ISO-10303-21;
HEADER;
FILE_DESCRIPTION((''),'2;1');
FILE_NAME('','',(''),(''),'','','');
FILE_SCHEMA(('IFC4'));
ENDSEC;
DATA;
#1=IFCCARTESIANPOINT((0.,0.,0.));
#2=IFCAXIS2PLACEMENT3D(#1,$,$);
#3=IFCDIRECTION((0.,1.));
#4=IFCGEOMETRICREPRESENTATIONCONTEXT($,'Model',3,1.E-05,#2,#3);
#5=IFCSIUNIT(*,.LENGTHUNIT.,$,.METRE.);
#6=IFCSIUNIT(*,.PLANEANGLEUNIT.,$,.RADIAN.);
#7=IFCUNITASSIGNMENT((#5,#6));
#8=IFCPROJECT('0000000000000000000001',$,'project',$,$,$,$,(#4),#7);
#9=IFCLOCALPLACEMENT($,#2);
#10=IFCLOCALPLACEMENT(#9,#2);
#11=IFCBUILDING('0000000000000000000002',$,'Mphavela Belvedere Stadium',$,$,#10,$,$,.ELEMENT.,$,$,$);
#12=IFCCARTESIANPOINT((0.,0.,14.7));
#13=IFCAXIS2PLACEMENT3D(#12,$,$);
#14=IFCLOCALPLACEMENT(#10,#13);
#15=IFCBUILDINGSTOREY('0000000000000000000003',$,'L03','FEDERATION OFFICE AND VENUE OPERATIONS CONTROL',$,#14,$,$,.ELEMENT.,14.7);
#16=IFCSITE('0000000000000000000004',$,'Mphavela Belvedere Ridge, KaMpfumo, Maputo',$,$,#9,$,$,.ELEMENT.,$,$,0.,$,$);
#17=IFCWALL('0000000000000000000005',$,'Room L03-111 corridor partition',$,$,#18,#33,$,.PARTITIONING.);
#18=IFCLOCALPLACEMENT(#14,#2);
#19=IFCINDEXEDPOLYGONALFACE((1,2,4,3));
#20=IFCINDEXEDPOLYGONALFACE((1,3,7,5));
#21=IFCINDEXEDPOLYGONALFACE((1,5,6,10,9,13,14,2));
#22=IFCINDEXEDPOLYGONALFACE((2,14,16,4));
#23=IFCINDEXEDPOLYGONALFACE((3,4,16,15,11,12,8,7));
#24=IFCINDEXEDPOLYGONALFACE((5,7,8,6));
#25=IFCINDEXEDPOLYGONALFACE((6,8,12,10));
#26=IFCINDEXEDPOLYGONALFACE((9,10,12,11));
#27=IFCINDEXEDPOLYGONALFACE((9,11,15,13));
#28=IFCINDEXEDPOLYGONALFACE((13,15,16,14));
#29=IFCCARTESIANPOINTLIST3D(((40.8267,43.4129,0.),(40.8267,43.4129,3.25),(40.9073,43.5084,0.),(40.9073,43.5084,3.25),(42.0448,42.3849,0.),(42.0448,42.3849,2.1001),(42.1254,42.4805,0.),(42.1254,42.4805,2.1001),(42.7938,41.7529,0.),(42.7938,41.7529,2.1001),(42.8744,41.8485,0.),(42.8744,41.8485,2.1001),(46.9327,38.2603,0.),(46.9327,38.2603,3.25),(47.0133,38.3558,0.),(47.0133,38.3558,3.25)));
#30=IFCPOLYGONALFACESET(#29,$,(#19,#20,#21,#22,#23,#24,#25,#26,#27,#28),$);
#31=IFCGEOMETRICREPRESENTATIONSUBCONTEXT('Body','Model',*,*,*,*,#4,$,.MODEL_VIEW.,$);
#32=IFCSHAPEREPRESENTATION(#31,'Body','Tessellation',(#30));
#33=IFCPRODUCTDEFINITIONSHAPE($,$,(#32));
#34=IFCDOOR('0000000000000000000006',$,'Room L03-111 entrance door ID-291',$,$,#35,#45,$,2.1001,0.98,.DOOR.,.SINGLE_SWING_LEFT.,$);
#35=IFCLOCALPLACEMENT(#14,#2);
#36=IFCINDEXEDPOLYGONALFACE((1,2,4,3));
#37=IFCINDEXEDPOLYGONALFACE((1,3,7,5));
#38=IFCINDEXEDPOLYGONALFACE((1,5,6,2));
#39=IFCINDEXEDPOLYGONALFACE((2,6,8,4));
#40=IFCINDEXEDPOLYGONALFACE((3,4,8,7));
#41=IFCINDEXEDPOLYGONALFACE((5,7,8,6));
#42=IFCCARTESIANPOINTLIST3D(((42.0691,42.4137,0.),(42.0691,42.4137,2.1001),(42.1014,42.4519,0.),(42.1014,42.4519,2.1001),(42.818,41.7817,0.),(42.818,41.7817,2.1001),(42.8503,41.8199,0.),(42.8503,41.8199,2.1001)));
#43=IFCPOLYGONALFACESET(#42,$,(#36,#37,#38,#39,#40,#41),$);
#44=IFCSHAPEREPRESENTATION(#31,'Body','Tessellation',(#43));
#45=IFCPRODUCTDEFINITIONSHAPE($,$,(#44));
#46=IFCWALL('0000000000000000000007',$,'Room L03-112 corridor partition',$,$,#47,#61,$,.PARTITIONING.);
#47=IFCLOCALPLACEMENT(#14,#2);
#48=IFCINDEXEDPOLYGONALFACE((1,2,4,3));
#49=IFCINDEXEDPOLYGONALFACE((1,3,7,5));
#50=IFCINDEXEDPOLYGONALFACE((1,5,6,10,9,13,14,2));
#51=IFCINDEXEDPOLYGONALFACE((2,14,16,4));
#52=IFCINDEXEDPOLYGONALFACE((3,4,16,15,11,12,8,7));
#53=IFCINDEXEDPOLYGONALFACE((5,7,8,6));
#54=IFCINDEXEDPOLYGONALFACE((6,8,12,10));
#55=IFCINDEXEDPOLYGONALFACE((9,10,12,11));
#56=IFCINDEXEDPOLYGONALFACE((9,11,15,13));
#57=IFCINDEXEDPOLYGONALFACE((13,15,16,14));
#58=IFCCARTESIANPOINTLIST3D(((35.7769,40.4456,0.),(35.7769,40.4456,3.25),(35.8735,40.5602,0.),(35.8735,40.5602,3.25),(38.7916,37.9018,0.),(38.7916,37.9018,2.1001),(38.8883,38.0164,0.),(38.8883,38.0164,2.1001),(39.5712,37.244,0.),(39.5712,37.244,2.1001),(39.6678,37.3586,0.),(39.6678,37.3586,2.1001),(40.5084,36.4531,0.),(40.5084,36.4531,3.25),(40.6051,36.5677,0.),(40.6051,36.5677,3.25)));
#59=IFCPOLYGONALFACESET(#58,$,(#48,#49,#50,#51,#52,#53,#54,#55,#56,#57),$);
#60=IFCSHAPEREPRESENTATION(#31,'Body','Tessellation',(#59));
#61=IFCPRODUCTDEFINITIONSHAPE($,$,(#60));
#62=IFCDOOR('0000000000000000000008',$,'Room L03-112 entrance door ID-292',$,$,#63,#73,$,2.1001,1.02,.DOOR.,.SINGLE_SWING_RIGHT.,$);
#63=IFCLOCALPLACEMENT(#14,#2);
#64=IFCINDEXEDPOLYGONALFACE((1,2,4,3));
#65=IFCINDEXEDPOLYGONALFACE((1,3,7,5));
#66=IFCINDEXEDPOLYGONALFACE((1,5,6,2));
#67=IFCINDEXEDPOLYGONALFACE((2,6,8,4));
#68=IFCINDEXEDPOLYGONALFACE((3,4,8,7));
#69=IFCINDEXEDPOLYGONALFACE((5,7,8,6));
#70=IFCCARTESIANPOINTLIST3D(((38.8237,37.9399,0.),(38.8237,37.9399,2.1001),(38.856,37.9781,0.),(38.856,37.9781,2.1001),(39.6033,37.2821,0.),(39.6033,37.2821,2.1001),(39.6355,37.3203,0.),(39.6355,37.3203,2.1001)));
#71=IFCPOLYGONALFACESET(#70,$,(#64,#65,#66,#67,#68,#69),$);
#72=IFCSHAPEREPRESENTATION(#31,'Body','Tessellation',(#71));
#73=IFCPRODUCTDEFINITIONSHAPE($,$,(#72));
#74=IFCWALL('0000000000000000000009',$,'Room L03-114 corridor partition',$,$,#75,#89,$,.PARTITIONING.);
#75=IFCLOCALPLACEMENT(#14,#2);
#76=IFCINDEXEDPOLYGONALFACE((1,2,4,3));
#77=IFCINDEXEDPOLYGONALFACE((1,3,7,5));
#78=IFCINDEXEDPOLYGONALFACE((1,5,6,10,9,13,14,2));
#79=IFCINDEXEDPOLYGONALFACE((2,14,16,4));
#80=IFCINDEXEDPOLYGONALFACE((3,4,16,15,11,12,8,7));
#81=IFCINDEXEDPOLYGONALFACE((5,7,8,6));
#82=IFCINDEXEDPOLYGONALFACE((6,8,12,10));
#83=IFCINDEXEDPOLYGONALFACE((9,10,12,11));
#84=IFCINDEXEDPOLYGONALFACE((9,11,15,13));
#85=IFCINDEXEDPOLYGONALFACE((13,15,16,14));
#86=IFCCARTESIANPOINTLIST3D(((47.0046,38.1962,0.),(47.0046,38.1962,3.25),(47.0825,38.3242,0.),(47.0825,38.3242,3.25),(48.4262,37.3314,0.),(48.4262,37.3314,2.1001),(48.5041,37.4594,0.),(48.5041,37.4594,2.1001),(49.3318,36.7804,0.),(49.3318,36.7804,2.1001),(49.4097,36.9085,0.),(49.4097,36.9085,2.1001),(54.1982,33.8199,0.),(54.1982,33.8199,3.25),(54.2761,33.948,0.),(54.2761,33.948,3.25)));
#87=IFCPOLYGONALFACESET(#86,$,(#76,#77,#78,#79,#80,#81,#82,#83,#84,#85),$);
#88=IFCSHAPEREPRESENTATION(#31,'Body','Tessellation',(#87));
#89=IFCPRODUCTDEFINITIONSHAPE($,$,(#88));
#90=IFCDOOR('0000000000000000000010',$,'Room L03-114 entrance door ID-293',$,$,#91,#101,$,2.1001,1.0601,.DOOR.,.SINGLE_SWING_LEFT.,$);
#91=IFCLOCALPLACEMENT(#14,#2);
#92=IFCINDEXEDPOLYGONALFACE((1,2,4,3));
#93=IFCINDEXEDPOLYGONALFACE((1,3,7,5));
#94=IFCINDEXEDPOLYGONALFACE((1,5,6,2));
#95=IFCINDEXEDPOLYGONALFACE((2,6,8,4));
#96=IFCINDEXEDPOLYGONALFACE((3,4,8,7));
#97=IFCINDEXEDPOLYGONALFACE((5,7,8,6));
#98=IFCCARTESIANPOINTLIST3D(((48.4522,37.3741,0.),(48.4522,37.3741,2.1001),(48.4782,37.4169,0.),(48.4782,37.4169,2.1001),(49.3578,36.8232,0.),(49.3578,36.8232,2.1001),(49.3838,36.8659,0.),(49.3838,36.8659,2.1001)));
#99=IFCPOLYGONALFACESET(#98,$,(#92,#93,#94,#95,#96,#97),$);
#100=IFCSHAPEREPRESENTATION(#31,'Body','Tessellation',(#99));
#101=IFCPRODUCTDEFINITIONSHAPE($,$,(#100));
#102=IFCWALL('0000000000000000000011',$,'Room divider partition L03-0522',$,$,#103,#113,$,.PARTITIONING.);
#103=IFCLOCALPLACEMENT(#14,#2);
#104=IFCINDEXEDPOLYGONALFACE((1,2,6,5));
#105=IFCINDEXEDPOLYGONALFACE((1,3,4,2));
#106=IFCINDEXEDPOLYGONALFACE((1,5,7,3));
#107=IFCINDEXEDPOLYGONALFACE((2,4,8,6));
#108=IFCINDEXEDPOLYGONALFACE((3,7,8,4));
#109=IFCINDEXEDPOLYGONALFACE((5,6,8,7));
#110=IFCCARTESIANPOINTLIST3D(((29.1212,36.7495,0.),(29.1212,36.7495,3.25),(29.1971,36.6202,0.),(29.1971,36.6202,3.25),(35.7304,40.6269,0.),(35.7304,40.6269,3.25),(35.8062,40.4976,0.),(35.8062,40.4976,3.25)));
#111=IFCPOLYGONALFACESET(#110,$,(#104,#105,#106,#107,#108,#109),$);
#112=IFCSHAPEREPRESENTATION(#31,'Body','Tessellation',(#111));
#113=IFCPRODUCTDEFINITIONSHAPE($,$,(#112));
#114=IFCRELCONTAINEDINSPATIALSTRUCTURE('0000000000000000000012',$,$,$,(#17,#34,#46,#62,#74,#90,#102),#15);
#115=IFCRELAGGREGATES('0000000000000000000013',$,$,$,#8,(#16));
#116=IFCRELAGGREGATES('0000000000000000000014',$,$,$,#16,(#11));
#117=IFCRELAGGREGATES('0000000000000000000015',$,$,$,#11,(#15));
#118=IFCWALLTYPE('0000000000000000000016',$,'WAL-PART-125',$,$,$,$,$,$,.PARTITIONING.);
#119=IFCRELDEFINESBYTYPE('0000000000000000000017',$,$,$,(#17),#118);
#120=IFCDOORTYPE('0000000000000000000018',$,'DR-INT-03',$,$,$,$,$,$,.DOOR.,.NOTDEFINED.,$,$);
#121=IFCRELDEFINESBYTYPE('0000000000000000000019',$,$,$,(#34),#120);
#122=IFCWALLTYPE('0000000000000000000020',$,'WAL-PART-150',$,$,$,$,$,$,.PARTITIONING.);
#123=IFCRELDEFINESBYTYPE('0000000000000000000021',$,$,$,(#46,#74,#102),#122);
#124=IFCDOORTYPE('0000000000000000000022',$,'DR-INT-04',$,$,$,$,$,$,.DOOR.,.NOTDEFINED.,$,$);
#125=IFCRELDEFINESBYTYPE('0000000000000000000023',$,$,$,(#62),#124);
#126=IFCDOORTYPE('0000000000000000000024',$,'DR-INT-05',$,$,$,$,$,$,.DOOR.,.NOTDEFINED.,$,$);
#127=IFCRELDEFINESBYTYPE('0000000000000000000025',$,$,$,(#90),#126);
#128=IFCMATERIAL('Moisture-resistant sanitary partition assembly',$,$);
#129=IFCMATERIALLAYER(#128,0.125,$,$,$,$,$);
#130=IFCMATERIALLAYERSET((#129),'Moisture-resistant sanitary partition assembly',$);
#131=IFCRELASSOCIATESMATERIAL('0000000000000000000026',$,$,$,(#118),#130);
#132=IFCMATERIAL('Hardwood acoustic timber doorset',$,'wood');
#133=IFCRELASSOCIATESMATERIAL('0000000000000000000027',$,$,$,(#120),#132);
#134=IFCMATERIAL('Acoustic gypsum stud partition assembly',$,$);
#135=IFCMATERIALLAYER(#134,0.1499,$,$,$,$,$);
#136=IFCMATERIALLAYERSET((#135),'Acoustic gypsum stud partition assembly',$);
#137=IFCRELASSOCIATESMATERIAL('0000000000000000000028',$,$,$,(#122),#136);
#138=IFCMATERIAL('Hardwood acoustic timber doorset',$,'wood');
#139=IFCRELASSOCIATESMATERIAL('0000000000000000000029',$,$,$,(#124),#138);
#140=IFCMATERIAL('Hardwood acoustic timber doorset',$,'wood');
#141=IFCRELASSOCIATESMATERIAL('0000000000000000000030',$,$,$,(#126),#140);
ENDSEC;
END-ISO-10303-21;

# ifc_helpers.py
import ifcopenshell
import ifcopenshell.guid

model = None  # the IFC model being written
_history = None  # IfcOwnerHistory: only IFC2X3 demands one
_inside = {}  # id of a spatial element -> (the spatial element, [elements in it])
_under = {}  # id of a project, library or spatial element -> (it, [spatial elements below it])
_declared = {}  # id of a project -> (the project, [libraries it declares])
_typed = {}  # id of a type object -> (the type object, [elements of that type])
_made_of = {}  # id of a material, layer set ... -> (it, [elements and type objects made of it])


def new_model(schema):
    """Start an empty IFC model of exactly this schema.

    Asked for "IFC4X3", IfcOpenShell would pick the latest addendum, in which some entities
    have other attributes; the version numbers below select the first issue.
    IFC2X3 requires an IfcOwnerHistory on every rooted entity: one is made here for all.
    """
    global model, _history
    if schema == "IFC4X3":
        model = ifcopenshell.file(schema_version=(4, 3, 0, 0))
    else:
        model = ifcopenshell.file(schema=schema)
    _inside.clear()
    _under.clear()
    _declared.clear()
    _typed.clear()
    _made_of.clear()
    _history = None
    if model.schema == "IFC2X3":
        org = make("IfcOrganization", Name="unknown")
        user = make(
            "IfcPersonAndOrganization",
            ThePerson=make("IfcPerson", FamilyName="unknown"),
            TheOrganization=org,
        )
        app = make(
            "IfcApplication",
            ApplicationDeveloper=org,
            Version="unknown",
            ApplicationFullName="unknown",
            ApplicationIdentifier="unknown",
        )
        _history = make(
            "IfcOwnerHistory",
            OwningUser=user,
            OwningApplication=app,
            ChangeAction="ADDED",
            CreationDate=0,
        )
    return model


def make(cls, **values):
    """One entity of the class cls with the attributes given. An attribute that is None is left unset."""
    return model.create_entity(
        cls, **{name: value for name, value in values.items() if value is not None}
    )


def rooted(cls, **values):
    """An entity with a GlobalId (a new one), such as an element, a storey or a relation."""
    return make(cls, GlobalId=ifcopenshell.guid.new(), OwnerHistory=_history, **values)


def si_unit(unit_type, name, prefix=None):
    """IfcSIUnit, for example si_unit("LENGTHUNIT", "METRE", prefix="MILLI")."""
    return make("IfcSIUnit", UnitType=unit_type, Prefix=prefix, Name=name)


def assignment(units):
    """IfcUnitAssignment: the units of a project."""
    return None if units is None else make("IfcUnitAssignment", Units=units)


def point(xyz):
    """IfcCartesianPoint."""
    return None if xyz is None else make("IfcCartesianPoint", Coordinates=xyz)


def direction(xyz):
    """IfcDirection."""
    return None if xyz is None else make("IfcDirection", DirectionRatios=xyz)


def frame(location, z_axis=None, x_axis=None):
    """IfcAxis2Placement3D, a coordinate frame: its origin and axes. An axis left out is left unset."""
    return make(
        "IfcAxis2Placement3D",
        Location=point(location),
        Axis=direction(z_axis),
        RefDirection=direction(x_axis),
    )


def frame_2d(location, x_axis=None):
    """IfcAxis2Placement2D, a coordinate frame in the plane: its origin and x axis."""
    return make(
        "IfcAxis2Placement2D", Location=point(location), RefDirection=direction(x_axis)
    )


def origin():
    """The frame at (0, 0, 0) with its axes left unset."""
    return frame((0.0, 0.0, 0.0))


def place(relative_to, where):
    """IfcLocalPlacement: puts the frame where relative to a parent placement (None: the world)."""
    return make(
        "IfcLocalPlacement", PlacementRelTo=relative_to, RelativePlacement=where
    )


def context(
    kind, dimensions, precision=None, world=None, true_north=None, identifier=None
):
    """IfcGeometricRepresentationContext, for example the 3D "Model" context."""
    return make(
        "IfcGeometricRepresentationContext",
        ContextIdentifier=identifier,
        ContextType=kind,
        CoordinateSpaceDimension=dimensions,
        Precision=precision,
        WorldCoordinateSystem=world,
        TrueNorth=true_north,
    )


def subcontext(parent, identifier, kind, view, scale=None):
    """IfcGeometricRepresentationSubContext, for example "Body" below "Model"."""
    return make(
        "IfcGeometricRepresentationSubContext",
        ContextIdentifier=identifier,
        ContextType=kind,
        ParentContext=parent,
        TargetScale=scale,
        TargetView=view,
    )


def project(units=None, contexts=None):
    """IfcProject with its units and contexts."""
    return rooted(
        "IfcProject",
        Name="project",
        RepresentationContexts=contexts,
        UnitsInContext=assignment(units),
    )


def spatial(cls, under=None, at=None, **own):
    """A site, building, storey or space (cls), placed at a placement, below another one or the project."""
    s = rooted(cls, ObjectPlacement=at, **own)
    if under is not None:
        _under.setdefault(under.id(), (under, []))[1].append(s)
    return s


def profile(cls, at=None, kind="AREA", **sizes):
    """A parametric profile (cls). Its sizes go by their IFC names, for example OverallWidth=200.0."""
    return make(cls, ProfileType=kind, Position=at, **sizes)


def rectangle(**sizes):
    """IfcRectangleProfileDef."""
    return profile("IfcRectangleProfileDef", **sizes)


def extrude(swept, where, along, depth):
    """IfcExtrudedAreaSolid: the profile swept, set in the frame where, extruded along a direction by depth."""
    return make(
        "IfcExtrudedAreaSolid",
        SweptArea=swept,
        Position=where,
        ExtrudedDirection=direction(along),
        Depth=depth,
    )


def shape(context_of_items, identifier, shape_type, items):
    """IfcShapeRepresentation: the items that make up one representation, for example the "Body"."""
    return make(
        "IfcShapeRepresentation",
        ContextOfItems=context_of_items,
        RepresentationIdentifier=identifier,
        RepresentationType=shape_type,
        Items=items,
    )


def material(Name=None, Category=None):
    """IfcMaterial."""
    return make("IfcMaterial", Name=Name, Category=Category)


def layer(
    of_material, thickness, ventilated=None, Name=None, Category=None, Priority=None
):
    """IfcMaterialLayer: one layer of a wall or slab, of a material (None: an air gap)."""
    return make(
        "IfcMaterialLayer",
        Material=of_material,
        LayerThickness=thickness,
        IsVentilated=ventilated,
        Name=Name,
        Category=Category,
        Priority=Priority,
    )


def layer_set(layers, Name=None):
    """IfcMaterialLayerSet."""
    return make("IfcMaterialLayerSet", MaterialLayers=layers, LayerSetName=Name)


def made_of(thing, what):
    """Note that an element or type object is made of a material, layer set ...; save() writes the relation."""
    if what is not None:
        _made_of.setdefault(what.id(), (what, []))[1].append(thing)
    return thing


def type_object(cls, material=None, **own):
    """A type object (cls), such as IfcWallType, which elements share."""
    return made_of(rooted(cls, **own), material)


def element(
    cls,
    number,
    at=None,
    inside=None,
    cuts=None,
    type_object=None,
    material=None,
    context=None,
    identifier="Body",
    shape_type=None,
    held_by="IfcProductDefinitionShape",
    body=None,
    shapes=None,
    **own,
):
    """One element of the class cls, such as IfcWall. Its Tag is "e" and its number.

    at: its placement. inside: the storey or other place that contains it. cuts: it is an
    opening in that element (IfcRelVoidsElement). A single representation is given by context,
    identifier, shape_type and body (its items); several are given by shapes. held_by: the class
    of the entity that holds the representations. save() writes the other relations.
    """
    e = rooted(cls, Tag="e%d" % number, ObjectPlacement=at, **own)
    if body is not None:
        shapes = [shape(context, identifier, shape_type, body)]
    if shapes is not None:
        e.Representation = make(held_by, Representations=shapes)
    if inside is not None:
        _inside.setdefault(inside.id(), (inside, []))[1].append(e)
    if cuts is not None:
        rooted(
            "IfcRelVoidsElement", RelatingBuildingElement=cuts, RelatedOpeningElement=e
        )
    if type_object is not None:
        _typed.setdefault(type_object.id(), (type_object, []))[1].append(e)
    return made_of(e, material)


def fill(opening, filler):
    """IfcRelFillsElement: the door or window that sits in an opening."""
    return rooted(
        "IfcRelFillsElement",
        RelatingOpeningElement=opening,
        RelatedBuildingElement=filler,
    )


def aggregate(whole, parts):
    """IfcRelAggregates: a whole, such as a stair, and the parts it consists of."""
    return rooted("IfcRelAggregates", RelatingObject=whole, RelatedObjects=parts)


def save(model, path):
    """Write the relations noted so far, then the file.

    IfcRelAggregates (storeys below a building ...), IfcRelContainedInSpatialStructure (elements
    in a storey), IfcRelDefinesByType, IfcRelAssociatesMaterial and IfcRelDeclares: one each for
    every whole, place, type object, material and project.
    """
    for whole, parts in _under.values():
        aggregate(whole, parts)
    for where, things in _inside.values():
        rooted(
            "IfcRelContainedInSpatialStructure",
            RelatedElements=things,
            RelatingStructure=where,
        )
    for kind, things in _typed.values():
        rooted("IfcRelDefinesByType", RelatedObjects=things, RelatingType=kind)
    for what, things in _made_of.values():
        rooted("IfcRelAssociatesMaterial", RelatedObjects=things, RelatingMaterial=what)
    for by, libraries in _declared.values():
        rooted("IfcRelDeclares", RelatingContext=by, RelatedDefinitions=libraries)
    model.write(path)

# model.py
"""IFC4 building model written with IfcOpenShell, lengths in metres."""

from ifc_helpers import new_model, si_unit, direction, frame, frame_2d, origin, place, context, subcontext, project, spatial, rectangle, extrude, material, layer, layer_set, type_object, element, fill, save


model = new_model("IFC4")

# Units and contexts
model_context = context("Model", 3, precision=1e-05, world=origin(), true_north=direction((0.0, 1.0)))
body_context = subcontext(model_context, "Body", "Model", "MODEL_VIEW")
ifc_project = project(units=[si_unit("LENGTHUNIT", "METRE"), si_unit("PLANEANGLEUNIT", "RADIAN")], contexts=[model_context])

# Site, building, storey
site_placement = place(None, origin())
site = spatial("IfcSite", under=ifc_project, at=site_placement, Name="Mphavela Belvedere Ridge, KaMpfumo, Maputo", CompositionType="ELEMENT", RefElevation=0.0)
building_placement = place(site_placement, origin())
building = spatial("IfcBuilding", under=site, at=building_placement, Name="Mphavela Belvedere Stadium", CompositionType="ELEMENT")
storey_placement = place(building_placement, frame((0.0, 0.0, 14.7)))
storey = spatial("IfcBuildingStorey", under=building, at=storey_placement, Name="L03", Description="FEDERATION OFFICE AND VENUE OPERATIONS CONTROL", CompositionType="ELEMENT", Elevation=14.7)

# Walls, openings, doors
ifc_material_1 = material(Name="Moisture-resistant sanitary partition assembly")
ifc_layer_1 = layer(ifc_material_1, 0.125)
ifc_layer_set_1 = layer_set([ifc_layer_1], Name="Moisture-resistant sanitary partition assembly")
wall_type_1 = type_object("IfcWallType", Name="WAL-PART-125", PredefinedType="PARTITIONING", material=ifc_layer_set_1)
wall_1_placement = place(storey_placement, frame((46.9729, 38.3081, 0.0), z_axis=(0.0, 0.0, 1.0), x_axis=(-0.764249, 0.644921, 0.0)))
wall_1 = element("IfcWall", 1, at=wall_1_placement, inside=storey, type_object=wall_type_1, Name="Room L03-111 corridor partition", PredefinedType="PARTITIONING", context=body_context, shape_type="SweptSolid", body=[
    extrude(rectangle(XDim=7.9895, YDim=0.125, at=frame_2d((3.9946, 0.0))), origin(), (0.0, 0.0, 1.0), 3.25),
])
opening_1_placement = place(wall_1_placement, frame((5.4155, 0.0, 0.0)))
opening_1 = element("IfcOpeningElement", 2, at=opening_1_placement, cuts=wall_1, PredefinedType="OPENING", context=body_context, shape_type="SweptSolid", body=[
    extrude(rectangle(XDim=0.98, YDim=2.1001, at=frame_2d((0.49, 1.05))), frame((0.0, 0.0725, 0.0), z_axis=(0.0, -1.0, 0.0), x_axis=(1.0, 0.0, 0.0)), (0.0, 0.0, 1.0), 0.145),
])
ifc_material_2 = material(Name="Hardwood acoustic timber doorset", Category="wood")
door_type_1 = type_object("IfcDoorType", Name="DR-INT-03", OperationType="NOTDEFINED", PredefinedType="DOOR", material=ifc_material_2)
door_1_placement = place(opening_1_placement, origin())
door_1 = element("IfcDoor", 3, at=door_1_placement, inside=storey, type_object=door_type_1, Name="Room L03-111 entrance door ID-291", OperationType="SINGLE_SWING_LEFT", OverallHeight=2.1001, OverallWidth=0.98, PredefinedType="DOOR", context=body_context, shape_type="SweptSolid", body=[
    extrude(rectangle(XDim=0.98, YDim=2.1001, at=frame_2d((0.49, 1.05))), frame((0.0, 0.0249, 0.0), z_axis=(0.0, -1.0, 0.0), x_axis=(1.0, 0.0, 0.0)), (0.0, 0.0, 1.0), 0.05),
])
fill(opening_1, door_1)
ifc_material_3 = material(Name="Acoustic gypsum stud partition assembly")
ifc_layer_2 = layer(ifc_material_3, 0.1499)
ifc_layer_set_2 = layer_set([ifc_layer_2], Name="Acoustic gypsum stud partition assembly")
wall_type_2 = type_object("IfcWallType", Name="WAL-PART-150", PredefinedType="PARTITIONING", material=ifc_layer_set_2)
wall_2_placement = place(storey_placement, frame((35.8252, 40.5029, 0.0), z_axis=(0.0, 0.0, 1.0), x_axis=(0.76427, -0.644897, 0.0)))
wall_2 = element("IfcWall", 4, at=wall_2_placement, inside=storey, type_object=wall_type_2, Name="Room L03-112 corridor partition", PredefinedType="PARTITIONING", context=body_context, shape_type="SweptSolid", body=[
    extrude(rectangle(XDim=6.1909, YDim=0.1499, at=frame_2d((3.0955, 0.0))), origin(), (0.0, 0.0, 1.0), 3.25),
])
opening_2_placement = place(wall_2_placement, frame((3.9446, 0.0, 0.0)))
opening_2 = element("IfcOpeningElement", 5, at=opening_2_placement, cuts=wall_2, PredefinedType="OPENING", context=body_context, shape_type="SweptSolid", body=[
    extrude(rectangle(XDim=1.02, YDim=2.1001, at=frame_2d((0.51, 1.05))), frame((0.0, 0.085, 0.0), z_axis=(0.0, -1.0, 0.0), x_axis=(1.0, 0.0, 0.0)), (0.0, 0.0, 1.0), 0.1699),
])
ifc_material_4 = material(Name="Hardwood acoustic timber doorset", Category="wood")
door_type_2 = type_object("IfcDoorType", Name="DR-INT-04", OperationType="NOTDEFINED", PredefinedType="DOOR", material=ifc_material_4)
door_2_placement = place(opening_2_placement, origin())
door_2 = element("IfcDoor", 6, at=door_2_placement, inside=storey, type_object=door_type_2, Name="Room L03-112 entrance door ID-292", OperationType="SINGLE_SWING_RIGHT", OverallHeight=2.1001, OverallWidth=1.02, PredefinedType="DOOR", context=body_context, shape_type="SweptSolid", body=[
    extrude(rectangle(XDim=1.02, YDim=2.1001, at=frame_2d((0.51, 1.05))), frame((0.0, 0.0249, 0.0), z_axis=(0.0, -1.0, 0.0), x_axis=(1.0, 0.0, 0.0)), (0.0, 0.0, 1.0), 0.05),
])
fill(opening_2, door_2)
wall_3_placement = place(storey_placement, frame((54.2371, 33.884, 0.0), z_axis=(0.0, 0.0, 1.0), x_axis=(-0.85433, 0.519731, 0.0)))
wall_3 = element("IfcWall", 7, at=wall_3_placement, inside=storey, type_object=wall_type_2, Name="Room L03-114 corridor partition", PredefinedType="PARTITIONING", context=body_context, shape_type="SweptSolid", body=[
    extrude(rectangle(XDim=8.4202, YDim=0.1499, at=frame_2d((4.21, 0.0))), origin(), (0.0, 0.0, 1.0), 3.25),
])
opening_3_placement = place(wall_3_placement, frame((5.696, 0.0, 0.0)))
opening_3 = element("IfcOpeningElement", 8, at=opening_3_placement, cuts=wall_3, PredefinedType="OPENING", context=body_context, shape_type="SweptSolid", body=[
    extrude(rectangle(XDim=1.0601, YDim=2.1001, at=frame_2d((0.53, 1.05))), frame((0.0, 0.085, 0.0), z_axis=(0.0, -1.0, 0.0), x_axis=(1.0, 0.0, 0.0)), (0.0, 0.0, 1.0), 0.1699),
])
ifc_material_5 = material(Name="Hardwood acoustic timber doorset", Category="wood")
door_type_3 = type_object("IfcDoorType", Name="DR-INT-05", OperationType="NOTDEFINED", PredefinedType="DOOR", material=ifc_material_5)
door_3_placement = place(opening_3_placement, origin())
door_3 = element("IfcDoor", 9, at=door_3_placement, inside=storey, type_object=door_type_3, Name="Room L03-114 entrance door ID-293", OperationType="SINGLE_SWING_LEFT", OverallHeight=2.1001, OverallWidth=1.0601, PredefinedType="DOOR", context=body_context, shape_type="SweptSolid", body=[
    extrude(rectangle(XDim=1.0601, YDim=2.1001, at=frame_2d((0.53, 1.05))), frame((0.0, 0.0249, 0.0), z_axis=(0.0, -1.0, 0.0), x_axis=(1.0, 0.0, 0.0)), (0.0, 0.0, 1.0), 0.05),
])
fill(opening_3, door_3)

# Wall
wall_4_placement = place(storey_placement, frame((35.7683, 40.5623, 0.0), z_axis=(0.0, 0.0, 1.0), x_axis=(-0.86252, -0.506023, 0.0)))
element("IfcWall", 10, at=wall_4_placement, inside=storey, type_object=wall_type_2, Name="Room divider partition L03-0522", PredefinedType="PARTITIONING", context=body_context, shape_type="SweptSolid", body=[
    extrude(rectangle(XDim=7.6626, YDim=0.1499, at=frame_2d((3.8313, 0.0))), origin(), (0.0, 0.0, 1.0), 3.25),
])

save(model, "model.ifc")
